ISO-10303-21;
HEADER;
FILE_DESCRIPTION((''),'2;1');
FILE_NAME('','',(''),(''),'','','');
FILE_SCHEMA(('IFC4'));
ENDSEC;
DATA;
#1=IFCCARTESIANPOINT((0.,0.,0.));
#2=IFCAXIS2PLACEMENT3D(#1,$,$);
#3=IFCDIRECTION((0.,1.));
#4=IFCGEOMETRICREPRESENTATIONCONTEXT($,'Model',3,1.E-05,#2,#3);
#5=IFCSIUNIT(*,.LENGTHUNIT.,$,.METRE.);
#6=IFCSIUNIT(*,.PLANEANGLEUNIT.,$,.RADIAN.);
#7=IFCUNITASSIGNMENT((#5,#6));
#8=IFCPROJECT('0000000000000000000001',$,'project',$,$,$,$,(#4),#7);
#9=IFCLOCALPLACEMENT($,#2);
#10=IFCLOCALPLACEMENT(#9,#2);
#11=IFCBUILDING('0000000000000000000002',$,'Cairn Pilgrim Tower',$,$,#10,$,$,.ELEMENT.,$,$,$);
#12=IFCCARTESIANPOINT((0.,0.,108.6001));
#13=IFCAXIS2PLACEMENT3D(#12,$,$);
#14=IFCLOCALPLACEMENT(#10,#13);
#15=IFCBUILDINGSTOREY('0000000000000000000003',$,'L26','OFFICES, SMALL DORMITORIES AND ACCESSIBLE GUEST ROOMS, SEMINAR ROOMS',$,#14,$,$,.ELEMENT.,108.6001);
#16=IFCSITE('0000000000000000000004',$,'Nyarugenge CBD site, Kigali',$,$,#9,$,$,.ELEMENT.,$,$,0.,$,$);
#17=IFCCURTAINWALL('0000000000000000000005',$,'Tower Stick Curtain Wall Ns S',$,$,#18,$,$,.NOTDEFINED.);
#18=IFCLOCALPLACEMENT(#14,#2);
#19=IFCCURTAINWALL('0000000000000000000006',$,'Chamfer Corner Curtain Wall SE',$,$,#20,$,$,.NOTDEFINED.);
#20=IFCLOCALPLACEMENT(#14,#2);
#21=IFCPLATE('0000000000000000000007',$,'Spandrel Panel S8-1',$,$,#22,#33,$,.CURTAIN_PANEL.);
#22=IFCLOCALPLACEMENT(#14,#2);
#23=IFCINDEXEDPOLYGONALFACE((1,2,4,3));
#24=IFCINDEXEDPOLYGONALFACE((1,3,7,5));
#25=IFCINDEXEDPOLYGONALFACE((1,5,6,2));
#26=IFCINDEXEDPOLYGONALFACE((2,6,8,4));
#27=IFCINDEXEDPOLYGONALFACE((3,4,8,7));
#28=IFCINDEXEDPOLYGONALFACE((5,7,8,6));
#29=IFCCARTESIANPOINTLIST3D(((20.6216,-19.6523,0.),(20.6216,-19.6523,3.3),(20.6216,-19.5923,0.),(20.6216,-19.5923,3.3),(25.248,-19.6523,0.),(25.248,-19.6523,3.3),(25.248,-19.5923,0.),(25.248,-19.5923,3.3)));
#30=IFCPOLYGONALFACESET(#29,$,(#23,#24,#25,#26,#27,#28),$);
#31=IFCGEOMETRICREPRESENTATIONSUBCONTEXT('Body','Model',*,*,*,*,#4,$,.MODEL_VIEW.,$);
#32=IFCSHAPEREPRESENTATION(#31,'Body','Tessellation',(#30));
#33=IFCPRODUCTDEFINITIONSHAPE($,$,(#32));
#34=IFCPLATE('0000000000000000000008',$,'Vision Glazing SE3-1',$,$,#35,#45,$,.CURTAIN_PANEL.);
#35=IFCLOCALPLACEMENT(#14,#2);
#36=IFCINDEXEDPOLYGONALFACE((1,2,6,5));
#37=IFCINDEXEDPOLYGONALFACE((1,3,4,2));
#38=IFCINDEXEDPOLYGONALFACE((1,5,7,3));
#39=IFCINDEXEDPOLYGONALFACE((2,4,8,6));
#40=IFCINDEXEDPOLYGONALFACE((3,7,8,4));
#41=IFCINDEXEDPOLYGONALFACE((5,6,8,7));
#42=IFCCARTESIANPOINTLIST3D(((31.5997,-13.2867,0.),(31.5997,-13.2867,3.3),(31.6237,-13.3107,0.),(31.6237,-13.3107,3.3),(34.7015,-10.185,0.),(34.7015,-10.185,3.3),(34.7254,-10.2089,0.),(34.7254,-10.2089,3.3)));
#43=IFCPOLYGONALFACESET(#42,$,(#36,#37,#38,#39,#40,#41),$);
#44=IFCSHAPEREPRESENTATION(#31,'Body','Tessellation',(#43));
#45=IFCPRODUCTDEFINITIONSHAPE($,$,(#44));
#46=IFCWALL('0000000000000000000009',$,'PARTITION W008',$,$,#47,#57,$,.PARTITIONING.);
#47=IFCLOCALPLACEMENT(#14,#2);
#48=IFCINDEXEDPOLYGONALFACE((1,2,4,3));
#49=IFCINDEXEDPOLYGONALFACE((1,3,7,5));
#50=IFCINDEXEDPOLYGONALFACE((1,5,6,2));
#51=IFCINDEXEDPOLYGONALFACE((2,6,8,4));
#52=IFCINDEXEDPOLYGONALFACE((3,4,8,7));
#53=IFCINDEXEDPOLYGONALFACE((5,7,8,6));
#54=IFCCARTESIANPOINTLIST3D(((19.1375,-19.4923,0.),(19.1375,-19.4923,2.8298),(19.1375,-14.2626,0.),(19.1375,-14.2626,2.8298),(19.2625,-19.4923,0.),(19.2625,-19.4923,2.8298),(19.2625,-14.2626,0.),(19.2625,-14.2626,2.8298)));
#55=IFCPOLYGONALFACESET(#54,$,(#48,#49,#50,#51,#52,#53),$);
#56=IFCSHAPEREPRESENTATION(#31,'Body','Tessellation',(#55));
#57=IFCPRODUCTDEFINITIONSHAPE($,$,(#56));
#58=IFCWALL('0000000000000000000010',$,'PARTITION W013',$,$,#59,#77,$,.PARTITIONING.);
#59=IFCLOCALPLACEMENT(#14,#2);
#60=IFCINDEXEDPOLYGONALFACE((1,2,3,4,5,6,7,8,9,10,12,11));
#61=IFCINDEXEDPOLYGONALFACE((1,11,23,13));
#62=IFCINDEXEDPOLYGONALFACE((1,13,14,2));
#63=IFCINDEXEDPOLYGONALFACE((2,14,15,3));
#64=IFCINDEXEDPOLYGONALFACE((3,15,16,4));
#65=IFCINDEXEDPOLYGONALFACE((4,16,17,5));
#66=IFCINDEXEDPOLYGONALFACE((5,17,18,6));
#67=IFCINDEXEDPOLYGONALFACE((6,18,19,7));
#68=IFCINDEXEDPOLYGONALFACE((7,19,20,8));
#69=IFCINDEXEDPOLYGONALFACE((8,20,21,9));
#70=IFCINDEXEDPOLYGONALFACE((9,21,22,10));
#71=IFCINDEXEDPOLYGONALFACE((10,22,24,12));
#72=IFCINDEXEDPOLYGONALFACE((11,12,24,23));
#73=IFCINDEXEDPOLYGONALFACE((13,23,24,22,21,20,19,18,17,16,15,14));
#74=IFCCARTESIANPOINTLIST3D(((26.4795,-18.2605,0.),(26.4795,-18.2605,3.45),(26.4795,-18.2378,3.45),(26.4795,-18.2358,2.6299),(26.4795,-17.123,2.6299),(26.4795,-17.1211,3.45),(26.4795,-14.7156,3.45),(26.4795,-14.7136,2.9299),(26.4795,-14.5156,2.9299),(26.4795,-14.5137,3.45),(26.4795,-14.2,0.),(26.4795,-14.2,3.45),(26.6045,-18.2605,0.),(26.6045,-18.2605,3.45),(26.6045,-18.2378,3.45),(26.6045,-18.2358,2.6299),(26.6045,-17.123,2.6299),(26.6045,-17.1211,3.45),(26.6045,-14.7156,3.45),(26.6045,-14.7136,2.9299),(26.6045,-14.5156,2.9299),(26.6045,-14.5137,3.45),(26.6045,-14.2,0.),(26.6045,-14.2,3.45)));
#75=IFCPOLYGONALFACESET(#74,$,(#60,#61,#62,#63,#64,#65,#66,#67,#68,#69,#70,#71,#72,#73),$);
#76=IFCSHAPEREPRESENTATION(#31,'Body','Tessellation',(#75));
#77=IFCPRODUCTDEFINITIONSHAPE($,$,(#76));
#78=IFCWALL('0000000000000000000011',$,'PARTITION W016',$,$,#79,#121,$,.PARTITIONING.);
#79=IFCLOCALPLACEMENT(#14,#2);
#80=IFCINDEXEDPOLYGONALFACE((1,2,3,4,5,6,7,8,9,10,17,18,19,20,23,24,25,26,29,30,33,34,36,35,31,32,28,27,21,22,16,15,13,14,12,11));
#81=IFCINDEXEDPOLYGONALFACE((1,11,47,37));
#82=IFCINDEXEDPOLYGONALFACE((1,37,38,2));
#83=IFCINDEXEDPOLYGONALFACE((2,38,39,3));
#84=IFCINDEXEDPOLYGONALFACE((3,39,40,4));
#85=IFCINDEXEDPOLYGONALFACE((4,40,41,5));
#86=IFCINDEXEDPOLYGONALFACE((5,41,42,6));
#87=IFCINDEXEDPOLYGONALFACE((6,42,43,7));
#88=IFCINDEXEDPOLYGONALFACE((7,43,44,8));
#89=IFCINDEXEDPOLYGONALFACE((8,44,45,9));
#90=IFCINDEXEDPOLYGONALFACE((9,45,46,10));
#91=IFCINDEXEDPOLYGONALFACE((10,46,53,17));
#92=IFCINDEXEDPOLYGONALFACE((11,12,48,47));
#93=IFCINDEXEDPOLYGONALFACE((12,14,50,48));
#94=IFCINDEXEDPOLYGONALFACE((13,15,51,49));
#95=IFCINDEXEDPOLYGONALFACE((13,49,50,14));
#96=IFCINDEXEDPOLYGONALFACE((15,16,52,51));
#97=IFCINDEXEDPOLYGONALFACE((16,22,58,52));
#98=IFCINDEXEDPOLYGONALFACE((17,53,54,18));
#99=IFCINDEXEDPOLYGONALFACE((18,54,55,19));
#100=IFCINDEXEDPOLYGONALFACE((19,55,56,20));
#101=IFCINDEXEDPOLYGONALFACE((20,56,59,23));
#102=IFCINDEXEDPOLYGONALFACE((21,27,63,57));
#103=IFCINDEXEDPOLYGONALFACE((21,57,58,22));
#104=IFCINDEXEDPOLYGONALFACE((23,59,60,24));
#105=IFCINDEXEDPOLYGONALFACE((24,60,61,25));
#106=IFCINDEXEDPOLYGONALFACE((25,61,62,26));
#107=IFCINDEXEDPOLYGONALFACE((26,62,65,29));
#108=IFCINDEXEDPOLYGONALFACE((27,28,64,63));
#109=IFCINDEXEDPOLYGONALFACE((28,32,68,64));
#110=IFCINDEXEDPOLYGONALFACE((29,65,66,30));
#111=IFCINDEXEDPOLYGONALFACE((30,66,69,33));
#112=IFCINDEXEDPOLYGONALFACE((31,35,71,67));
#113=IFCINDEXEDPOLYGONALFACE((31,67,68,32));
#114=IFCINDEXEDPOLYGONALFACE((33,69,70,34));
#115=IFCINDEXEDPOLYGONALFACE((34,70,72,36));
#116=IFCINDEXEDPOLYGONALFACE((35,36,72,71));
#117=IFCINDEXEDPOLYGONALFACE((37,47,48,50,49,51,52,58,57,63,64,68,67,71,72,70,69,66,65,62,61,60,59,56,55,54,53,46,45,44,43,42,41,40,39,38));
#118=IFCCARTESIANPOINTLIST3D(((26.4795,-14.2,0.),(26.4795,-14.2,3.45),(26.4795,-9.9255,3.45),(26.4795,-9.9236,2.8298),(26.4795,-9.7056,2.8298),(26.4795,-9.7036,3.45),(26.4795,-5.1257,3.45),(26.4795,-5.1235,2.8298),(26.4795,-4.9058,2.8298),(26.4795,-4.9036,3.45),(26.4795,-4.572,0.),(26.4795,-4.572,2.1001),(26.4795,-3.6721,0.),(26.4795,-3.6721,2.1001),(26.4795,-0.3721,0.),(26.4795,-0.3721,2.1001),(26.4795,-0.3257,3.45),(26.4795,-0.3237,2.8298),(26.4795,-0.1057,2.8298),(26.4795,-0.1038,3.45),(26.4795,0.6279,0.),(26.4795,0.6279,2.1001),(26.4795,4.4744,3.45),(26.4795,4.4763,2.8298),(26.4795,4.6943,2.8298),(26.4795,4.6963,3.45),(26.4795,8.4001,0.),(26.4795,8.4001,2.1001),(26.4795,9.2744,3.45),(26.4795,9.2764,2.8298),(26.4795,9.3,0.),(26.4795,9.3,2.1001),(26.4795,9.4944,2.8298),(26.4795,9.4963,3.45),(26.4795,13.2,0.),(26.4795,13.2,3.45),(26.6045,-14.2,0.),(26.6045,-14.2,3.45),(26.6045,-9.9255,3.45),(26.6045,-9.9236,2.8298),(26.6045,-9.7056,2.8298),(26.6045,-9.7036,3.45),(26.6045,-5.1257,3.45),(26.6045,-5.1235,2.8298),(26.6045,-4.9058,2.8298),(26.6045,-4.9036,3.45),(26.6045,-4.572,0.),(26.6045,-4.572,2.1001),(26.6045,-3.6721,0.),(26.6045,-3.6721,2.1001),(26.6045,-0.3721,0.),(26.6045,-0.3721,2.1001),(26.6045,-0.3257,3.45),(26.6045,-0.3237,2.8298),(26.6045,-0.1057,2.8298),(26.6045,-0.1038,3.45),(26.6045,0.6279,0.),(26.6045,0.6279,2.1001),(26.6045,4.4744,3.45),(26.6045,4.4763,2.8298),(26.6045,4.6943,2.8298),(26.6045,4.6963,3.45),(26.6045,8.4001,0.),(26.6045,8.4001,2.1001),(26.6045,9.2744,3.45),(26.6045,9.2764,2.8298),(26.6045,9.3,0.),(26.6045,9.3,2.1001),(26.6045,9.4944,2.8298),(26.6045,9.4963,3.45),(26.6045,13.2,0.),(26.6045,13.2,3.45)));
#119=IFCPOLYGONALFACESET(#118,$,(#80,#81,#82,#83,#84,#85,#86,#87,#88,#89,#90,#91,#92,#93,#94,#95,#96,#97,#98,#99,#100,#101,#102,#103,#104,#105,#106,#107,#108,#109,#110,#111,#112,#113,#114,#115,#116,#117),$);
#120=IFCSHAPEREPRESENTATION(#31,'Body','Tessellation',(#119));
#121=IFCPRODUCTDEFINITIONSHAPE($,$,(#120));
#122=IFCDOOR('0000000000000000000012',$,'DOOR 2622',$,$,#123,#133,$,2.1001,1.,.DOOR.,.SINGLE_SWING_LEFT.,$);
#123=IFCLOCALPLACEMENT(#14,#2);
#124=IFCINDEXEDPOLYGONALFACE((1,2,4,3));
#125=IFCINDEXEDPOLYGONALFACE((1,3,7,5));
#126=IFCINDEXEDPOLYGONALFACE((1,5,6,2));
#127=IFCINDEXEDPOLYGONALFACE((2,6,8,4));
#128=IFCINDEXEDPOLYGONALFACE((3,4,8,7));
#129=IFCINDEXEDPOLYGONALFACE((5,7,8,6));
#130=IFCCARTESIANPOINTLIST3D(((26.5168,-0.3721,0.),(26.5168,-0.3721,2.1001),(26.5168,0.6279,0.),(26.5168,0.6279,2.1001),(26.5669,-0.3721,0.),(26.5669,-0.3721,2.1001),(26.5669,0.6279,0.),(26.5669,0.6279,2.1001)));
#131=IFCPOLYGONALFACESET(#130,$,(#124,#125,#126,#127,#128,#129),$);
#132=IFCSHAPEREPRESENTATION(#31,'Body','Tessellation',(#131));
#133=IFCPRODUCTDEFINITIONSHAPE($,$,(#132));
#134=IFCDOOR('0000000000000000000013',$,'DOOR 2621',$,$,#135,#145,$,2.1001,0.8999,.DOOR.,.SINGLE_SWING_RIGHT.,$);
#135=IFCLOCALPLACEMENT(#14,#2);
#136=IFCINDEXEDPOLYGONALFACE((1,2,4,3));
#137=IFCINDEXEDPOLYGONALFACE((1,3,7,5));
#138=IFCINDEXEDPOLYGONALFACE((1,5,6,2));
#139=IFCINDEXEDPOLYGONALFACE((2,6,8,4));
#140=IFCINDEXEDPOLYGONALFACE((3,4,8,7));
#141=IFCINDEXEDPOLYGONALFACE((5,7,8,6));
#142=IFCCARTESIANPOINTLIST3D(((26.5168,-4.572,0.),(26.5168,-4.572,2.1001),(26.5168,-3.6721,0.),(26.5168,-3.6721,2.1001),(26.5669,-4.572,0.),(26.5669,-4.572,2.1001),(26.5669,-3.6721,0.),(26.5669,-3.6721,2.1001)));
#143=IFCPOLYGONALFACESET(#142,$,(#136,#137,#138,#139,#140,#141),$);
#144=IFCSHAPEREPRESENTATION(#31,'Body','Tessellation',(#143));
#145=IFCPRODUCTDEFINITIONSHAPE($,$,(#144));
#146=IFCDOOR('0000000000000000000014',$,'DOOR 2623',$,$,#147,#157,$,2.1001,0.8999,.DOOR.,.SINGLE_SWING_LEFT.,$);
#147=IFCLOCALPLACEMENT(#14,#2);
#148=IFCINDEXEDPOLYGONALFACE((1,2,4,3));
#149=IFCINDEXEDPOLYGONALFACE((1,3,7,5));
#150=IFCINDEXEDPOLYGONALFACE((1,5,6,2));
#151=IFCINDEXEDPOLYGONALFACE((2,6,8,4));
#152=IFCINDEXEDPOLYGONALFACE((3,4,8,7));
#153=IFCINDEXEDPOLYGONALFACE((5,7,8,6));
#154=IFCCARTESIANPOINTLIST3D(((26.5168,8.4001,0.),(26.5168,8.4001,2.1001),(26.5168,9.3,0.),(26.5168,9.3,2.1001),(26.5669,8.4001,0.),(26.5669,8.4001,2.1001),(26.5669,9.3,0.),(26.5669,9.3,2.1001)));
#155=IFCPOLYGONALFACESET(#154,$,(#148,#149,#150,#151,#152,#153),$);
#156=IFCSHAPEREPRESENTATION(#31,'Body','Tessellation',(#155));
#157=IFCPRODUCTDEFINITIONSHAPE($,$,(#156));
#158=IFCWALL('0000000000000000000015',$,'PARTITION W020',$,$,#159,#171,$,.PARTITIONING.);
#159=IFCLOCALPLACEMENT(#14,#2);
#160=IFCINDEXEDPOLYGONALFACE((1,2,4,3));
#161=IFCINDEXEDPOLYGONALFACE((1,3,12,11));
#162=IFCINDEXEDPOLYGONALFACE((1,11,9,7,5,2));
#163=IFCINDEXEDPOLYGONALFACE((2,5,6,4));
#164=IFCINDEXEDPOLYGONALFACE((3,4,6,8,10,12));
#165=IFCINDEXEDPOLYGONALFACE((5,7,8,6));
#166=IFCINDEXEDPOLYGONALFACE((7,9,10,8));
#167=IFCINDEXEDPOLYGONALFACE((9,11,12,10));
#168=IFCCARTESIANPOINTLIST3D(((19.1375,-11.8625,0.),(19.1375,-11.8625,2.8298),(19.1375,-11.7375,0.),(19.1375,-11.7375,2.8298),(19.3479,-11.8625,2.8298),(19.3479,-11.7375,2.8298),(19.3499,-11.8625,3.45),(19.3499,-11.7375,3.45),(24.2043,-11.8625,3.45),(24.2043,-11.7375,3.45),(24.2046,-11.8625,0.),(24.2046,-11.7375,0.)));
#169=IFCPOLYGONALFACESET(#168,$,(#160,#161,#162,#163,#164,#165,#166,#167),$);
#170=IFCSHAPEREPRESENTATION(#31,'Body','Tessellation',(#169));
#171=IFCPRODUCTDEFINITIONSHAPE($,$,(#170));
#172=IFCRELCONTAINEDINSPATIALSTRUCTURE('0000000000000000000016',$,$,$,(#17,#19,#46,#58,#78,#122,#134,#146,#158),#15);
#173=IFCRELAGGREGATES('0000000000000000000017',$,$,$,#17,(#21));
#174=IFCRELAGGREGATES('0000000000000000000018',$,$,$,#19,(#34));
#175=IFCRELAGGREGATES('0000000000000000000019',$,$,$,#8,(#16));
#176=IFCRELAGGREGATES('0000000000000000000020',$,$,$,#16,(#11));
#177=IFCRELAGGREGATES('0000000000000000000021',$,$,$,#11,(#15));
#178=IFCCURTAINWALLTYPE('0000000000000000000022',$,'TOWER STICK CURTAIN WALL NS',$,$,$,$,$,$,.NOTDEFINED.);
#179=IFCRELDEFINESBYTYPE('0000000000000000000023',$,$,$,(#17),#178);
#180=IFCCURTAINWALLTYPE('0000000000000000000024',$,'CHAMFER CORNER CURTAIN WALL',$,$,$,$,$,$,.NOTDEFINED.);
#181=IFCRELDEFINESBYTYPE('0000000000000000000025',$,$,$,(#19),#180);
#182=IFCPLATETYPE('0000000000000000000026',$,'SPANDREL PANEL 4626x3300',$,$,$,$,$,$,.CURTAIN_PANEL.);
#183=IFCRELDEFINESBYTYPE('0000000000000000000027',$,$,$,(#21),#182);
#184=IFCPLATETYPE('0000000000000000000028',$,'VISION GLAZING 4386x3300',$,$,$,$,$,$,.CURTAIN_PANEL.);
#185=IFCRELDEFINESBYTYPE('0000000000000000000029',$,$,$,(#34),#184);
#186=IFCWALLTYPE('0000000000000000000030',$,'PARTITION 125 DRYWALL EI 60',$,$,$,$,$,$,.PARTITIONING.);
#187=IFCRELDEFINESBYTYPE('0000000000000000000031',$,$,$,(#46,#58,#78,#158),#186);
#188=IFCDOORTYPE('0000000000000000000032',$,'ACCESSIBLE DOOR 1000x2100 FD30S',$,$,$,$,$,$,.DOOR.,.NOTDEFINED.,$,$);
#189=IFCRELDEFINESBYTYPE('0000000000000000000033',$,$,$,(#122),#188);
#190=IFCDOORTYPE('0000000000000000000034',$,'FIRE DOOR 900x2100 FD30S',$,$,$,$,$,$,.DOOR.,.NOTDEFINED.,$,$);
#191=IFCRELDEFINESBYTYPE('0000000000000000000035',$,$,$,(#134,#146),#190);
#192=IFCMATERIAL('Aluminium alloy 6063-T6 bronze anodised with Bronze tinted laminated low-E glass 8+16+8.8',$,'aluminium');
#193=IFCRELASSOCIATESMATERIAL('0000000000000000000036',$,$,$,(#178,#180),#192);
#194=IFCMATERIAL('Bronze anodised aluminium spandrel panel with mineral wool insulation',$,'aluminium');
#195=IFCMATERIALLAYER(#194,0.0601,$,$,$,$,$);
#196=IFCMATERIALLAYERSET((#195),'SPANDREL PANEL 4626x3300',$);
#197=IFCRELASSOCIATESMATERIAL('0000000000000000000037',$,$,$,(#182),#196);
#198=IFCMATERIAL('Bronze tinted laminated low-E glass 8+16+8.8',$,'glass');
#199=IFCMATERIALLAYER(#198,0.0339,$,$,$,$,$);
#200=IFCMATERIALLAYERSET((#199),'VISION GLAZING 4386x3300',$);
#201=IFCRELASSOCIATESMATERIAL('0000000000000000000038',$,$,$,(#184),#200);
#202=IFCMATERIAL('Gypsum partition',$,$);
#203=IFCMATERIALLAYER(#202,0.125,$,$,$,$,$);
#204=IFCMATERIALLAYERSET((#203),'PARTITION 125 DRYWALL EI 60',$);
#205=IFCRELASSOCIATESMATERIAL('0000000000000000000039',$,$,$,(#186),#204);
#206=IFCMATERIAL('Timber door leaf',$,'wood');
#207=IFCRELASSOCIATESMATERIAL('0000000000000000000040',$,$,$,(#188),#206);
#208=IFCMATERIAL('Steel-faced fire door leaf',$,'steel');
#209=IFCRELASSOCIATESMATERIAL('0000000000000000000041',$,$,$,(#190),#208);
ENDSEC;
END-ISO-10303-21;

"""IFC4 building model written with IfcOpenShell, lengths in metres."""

from ifc_helpers import new_model, si_unit, direction, frame, frame_2d, origin, origin_2d, place, context, subcontext, project, spatial, polyline, rectangle, outline, extrude, material, layer, layer_set, type_object, element, fill, aggregate, save


model = new_model("IFC4")

# Units and contexts
model_context = context("Model", 3, precision=1e-05, world=origin(), true_north=direction((0.0, 1.0)))
body_context = subcontext(model_context, "Body", "Model", "MODEL_VIEW")
ifc_project = project(units=[si_unit("LENGTHUNIT", "METRE"), si_unit("PLANEANGLEUNIT", "RADIAN")], contexts=[model_context])

# Site, building, storey
site_placement = place(None, origin())
site = spatial("IfcSite", under=ifc_project, at=site_placement, Name="Nyarugenge CBD site, Kigali", CompositionType="ELEMENT", RefElevation=0.0)
building_placement = place(site_placement, origin())
building = spatial("IfcBuilding", under=site, at=building_placement, Name="Cairn Pilgrim Tower", CompositionType="ELEMENT")
storey_placement = place(building_placement, frame((0.0, 0.0, 108.6001)))
storey = spatial("IfcBuildingStorey", under=building, at=storey_placement, Name="L26", Description="OFFICES, SMALL DORMITORIES AND ACCESSIBLE GUEST ROOMS, SEMINAR ROOMS", CompositionType="ELEMENT", Elevation=108.6001)

# Curtain wall
ifc_material_1 = material(Name="Aluminium alloy 6063-T6 bronze anodised with Bronze tinted laminated low-E glass 8+16+8.8", Category="aluminium")
curtain_wall_type_1 = type_object("IfcCurtainWallType", Name="TOWER STICK CURTAIN WALL NS", PredefinedType="NOTDEFINED", material=ifc_material_1)
curtain_wall_1_placement = place(storey_placement, origin())
curtain_wall_1 = element("IfcCurtainWall", 1, at=curtain_wall_1_placement, inside=storey, type_object=curtain_wall_type_1, Name="Tower Stick Curtain Wall Ns S", PredefinedType="NOTDEFINED")

# Curtain wall
curtain_wall_type_2 = type_object("IfcCurtainWallType", Name="CHAMFER CORNER CURTAIN WALL", PredefinedType="NOTDEFINED", material=ifc_material_1)
curtain_wall_2_placement = place(storey_placement, origin())
curtain_wall_2 = element("IfcCurtainWall", 2, at=curtain_wall_2_placement, inside=storey, type_object=curtain_wall_type_2, Name="Chamfer Corner Curtain Wall SE", PredefinedType="NOTDEFINED")

# Plates
ifc_material_2 = material(Name="Bronze anodised aluminium spandrel panel with mineral wool insulation", Category="aluminium")
ifc_layer_1 = layer(ifc_material_2, 0.0601)
ifc_layer_set_1 = layer_set([ifc_layer_1], Name="SPANDREL PANEL 4626x3300")
plate_type_1 = type_object("IfcPlateType", Name="SPANDREL PANEL 4626x3300", PredefinedType="CURTAIN_PANEL", material=ifc_layer_set_1)
plate_1_placement = place(storey_placement, frame((22.9348, -19.6223, 0.0), z_axis=(0.0, 0.0, 1.0), x_axis=(1.0, 0.0, 0.0)))
plate_1 = element("IfcPlate", 3, at=plate_1_placement, type_object=plate_type_1, Name="Spandrel Panel S8-1", PredefinedType="CURTAIN_PANEL", context=body_context, shape_type="SweptSolid", body=[
    extrude(rectangle(XDim=4.6265, YDim=0.0601, at=origin_2d()), origin(), (0.0, 0.0, 1.0), 3.3),
])
aggregate(curtain_wall_1, [plate_1])
ifc_material_3 = material(Name="Bronze tinted laminated low-E glass 8+16+8.8", Category="glass")
ifc_layer_2 = layer(ifc_material_3, 0.0339)
ifc_layer_set_2 = layer_set([ifc_layer_2], Name="VISION GLAZING 4386x3300")
plate_type_2 = type_object("IfcPlateType", Name="VISION GLAZING 4386x3300", PredefinedType="CURTAIN_PANEL", material=ifc_layer_set_2)
plate_2_placement = place(storey_placement, frame((33.1626, -11.7478, 0.0), z_axis=(0.0, 0.0, 1.0), x_axis=(0.707107, 0.707107, 0.0)))
plate_2 = element("IfcPlate", 4, at=plate_2_placement, type_object=plate_type_2, Name="Vision Glazing SE3-1", PredefinedType="CURTAIN_PANEL", context=body_context, shape_type="SweptSolid", body=[
    extrude(rectangle(XDim=4.3865, YDim=0.0339, at=origin_2d()), origin(), (0.0, 0.0, 1.0), 3.3),
])
aggregate(curtain_wall_2, [plate_2])

# Walls
ifc_material_4 = material(Name="Gypsum partition")
ifc_layer_3 = layer(ifc_material_4, 0.125)
ifc_layer_set_3 = layer_set([ifc_layer_3], Name="PARTITION 125 DRYWALL EI 60")
wall_type = type_object("IfcWallType", Name="PARTITION 125 DRYWALL EI 60", PredefinedType="PARTITIONING", material=ifc_layer_set_3)
wall_1_placement = place(storey_placement, frame((19.2, -19.4922, 0.0), z_axis=(0.0, 0.0, 1.0), x_axis=(0.0, 1.0, 0.0)))
element("IfcWall", 5, at=wall_1_placement, inside=storey, type_object=wall_type, Name="PARTITION W008", PredefinedType="PARTITIONING", context=body_context, shape_type="SweptSolid", body=[
    extrude(rectangle(XDim=5.2297, YDim=0.125, at=frame_2d((2.6147, 0.0))), origin(), (0.0, 0.0, 1.0), 2.8298),
])
wall_2_placement = place(storey_placement, frame((26.542, -18.2605, 0.0), z_axis=(0.0, 0.0, 1.0), x_axis=(0.0, 1.0, 0.0)))
element("IfcWall", 6, at=wall_2_placement, inside=storey, type_object=wall_type, Name="PARTITION W013", PredefinedType="PARTITIONING", context=body_context, shape_type="SweptSolid", body=[
    extrude(outline(polyline([(0.0, 0.0), (4.0605, 0.0), (4.0605, 3.45), (3.7468, 3.45), (3.7449, 2.9299), (3.5469, 2.9299), (3.5449, 3.45), (1.1394, 3.45), (1.1375, 2.6299), (0.0247, 2.6299), (0.0227, 3.45), (0.0, 3.45), (0.0, 0.0)])), frame((0.0, 0.0625, 0.0), z_axis=(0.0, -1.0, 0.0), x_axis=(1.0, 0.0, 0.0)), (0.0, 0.0, 1.0), 0.125),
])

# Wall, openings, doors
wall_3_placement = place(storey_placement, frame((26.542, -14.2, 0.0), z_axis=(0.0, 0.0, 1.0), x_axis=(0.0, 1.0, 0.0)))
wall_3 = element("IfcWall", 7, at=wall_3_placement, inside=storey, type_object=wall_type, Name="PARTITION W016", PredefinedType="PARTITIONING", context=body_context, shape_type="SweptSolid", body=[
    extrude(outline(polyline([(0.0, 0.0), (27.3999, 0.0), (27.3999, 3.45), (23.6963, 3.45), (23.6943, 2.8298), (23.4763, 2.8298), (23.4744, 3.45), (18.8962, 3.45), (18.8943, 2.8298), (18.6763, 2.8298), (18.6743, 3.45), (14.0962, 3.45), (14.0942, 2.8298), (13.8762, 2.8298), (13.8743, 3.45), (9.2964, 3.45), (9.2942, 2.8298), (9.0764, 2.8298), (9.0742, 3.45), (4.4963, 3.45), (4.4944, 2.8298), (4.2764, 2.8298), (4.2744, 3.45), (0.0, 3.45), (0.0, 0.0)])), frame((0.0, 0.0625, 0.0), z_axis=(0.0, -1.0, 0.0), x_axis=(1.0, 0.0, 0.0)), (0.0, 0.0, 1.0), 0.125),
])
opening_1_placement = place(wall_3_placement, frame((9.6279, 0.0, 0.0)))
opening_1 = element("IfcOpeningElement", 8, at=opening_1_placement, cuts=wall_3, PredefinedType="OPENING", context=body_context, shape_type="SweptSolid", body=[
    extrude(rectangle(XDim=0.8999, YDim=2.1001, at=frame_2d((0.45, 1.05))), frame((0.0, 0.0725, 0.0), z_axis=(0.0, -1.0, 0.0), x_axis=(1.0, 0.0, 0.0)), (0.0, 0.0, 1.0), 0.145),
])
opening_2_placement = place(wall_3_placement, frame((13.8279, 0.0, 0.0)))
opening_2 = element("IfcOpeningElement", 9, at=opening_2_placement, cuts=wall_3, PredefinedType="OPENING", context=body_context, shape_type="SweptSolid", body=[
    extrude(rectangle(XDim=1.0, YDim=2.1001, at=frame_2d((0.5, 1.05))), frame((0.0, 0.0725, 0.0), z_axis=(0.0, -1.0, 0.0), x_axis=(1.0, 0.0, 0.0)), (0.0, 0.0, 1.0), 0.145),
])
opening_3_placement = place(wall_3_placement, frame((22.6001, 0.0, 0.0)))
opening_3 = element("IfcOpeningElement", 10, at=opening_3_placement, cuts=wall_3, PredefinedType="OPENING", context=body_context, shape_type="SweptSolid", body=[
    extrude(rectangle(XDim=0.8999, YDim=2.1001, at=frame_2d((0.45, 1.05))), frame((0.0, 0.0725, 0.0), z_axis=(0.0, -1.0, 0.0), x_axis=(1.0, 0.0, 0.0)), (0.0, 0.0, 1.0), 0.145),
])
ifc_material_5 = material(Name="Timber door leaf", Category="wood")
door_type_1 = type_object("IfcDoorType", Name="ACCESSIBLE DOOR 1000x2100 FD30S", OperationType="NOTDEFINED", PredefinedType="DOOR", material=ifc_material_5)
door_1_placement = place(opening_2_placement, frame((1.0, 0.0, 0.0), z_axis=(0.0, 0.0, 1.0), x_axis=(-1.0, 0.0, 0.0)))
door_1 = element("IfcDoor", 11, at=door_1_placement, inside=storey, type_object=door_type_1, Name="DOOR 2622", OperationType="SINGLE_SWING_LEFT", OverallHeight=2.1001, OverallWidth=1.0, PredefinedType="DOOR", context=body_context, shape_type="SweptSolid", body=[
    extrude(rectangle(XDim=1.0, YDim=2.1001, at=frame_2d((0.5, 1.05))), frame((0.0, 0.0249, 0.0), z_axis=(0.0, -1.0, 0.0), x_axis=(1.0, 0.0, 0.0)), (0.0, 0.0, 1.0), 0.05),
])
fill(opening_2, door_1)
ifc_material_6 = material(Name="Steel-faced fire door leaf", Category="steel")
door_type_2 = type_object("IfcDoorType", Name="FIRE DOOR 900x2100 FD30S", OperationType="NOTDEFINED", PredefinedType="DOOR", material=ifc_material_6)
door_2_placement = place(opening_1_placement, frame((0.8999, 0.0, 0.0), z_axis=(0.0, 0.0, 1.0), x_axis=(-1.0, 0.0, 0.0)))
door_2 = element("IfcDoor", 12, at=door_2_placement, inside=storey, type_object=door_type_2, Name="DOOR 2621", OperationType="SINGLE_SWING_RIGHT", OverallHeight=2.1001, OverallWidth=0.8999, PredefinedType="DOOR", context=body_context, shape_type="SweptSolid", body=[
    extrude(rectangle(XDim=0.8999, YDim=2.1001, at=frame_2d((0.45, 1.05))), frame((0.0, 0.0249, 0.0), z_axis=(0.0, -1.0, 0.0), x_axis=(1.0, 0.0, 0.0)), (0.0, 0.0, 1.0), 0.05),
])
fill(opening_1, door_2)
door_3_placement = place(opening_3_placement, frame((0.8999, 0.0, 0.0), z_axis=(0.0, 0.0, 1.0), x_axis=(-1.0, 0.0, 0.0)))
door_3 = element("IfcDoor", 13, at=door_3_placement, inside=storey, type_object=door_type_2, Name="DOOR 2623", OperationType="SINGLE_SWING_LEFT", OverallHeight=2.1001, OverallWidth=0.8999, PredefinedType="DOOR", context=body_context, shape_type="SweptSolid", body=[
    extrude(rectangle(XDim=0.8999, YDim=2.1001, at=frame_2d((0.45, 1.05))), frame((0.0, 0.0249, 0.0), z_axis=(0.0, -1.0, 0.0), x_axis=(1.0, 0.0, 0.0)), (0.0, 0.0, 1.0), 0.05),
])
fill(opening_3, door_3)

# Wall
wall_4_placement = place(storey_placement, frame((19.1375, -11.8, 0.0), z_axis=(0.0, 0.0, 1.0), x_axis=(1.0, 0.0, 0.0)))
element("IfcWall", 14, at=wall_4_placement, inside=storey, type_object=wall_type, Name="PARTITION W020", PredefinedType="PARTITIONING", context=body_context, shape_type="SweptSolid", body=[
    extrude(outline(polyline([(0.0, 0.0), (5.0671, 0.0), (5.0669, 3.45), (0.2124, 3.45), (0.2104, 2.8298), (0.0, 2.8298), (0.0, 0.0)])), frame((0.0, 0.0625, 0.0), z_axis=(0.0, -1.0, 0.0), x_axis=(1.0, 0.0, 0.0)), (0.0, 0.0, 1.0), 0.125),
])

save(model, "model.ifc")
